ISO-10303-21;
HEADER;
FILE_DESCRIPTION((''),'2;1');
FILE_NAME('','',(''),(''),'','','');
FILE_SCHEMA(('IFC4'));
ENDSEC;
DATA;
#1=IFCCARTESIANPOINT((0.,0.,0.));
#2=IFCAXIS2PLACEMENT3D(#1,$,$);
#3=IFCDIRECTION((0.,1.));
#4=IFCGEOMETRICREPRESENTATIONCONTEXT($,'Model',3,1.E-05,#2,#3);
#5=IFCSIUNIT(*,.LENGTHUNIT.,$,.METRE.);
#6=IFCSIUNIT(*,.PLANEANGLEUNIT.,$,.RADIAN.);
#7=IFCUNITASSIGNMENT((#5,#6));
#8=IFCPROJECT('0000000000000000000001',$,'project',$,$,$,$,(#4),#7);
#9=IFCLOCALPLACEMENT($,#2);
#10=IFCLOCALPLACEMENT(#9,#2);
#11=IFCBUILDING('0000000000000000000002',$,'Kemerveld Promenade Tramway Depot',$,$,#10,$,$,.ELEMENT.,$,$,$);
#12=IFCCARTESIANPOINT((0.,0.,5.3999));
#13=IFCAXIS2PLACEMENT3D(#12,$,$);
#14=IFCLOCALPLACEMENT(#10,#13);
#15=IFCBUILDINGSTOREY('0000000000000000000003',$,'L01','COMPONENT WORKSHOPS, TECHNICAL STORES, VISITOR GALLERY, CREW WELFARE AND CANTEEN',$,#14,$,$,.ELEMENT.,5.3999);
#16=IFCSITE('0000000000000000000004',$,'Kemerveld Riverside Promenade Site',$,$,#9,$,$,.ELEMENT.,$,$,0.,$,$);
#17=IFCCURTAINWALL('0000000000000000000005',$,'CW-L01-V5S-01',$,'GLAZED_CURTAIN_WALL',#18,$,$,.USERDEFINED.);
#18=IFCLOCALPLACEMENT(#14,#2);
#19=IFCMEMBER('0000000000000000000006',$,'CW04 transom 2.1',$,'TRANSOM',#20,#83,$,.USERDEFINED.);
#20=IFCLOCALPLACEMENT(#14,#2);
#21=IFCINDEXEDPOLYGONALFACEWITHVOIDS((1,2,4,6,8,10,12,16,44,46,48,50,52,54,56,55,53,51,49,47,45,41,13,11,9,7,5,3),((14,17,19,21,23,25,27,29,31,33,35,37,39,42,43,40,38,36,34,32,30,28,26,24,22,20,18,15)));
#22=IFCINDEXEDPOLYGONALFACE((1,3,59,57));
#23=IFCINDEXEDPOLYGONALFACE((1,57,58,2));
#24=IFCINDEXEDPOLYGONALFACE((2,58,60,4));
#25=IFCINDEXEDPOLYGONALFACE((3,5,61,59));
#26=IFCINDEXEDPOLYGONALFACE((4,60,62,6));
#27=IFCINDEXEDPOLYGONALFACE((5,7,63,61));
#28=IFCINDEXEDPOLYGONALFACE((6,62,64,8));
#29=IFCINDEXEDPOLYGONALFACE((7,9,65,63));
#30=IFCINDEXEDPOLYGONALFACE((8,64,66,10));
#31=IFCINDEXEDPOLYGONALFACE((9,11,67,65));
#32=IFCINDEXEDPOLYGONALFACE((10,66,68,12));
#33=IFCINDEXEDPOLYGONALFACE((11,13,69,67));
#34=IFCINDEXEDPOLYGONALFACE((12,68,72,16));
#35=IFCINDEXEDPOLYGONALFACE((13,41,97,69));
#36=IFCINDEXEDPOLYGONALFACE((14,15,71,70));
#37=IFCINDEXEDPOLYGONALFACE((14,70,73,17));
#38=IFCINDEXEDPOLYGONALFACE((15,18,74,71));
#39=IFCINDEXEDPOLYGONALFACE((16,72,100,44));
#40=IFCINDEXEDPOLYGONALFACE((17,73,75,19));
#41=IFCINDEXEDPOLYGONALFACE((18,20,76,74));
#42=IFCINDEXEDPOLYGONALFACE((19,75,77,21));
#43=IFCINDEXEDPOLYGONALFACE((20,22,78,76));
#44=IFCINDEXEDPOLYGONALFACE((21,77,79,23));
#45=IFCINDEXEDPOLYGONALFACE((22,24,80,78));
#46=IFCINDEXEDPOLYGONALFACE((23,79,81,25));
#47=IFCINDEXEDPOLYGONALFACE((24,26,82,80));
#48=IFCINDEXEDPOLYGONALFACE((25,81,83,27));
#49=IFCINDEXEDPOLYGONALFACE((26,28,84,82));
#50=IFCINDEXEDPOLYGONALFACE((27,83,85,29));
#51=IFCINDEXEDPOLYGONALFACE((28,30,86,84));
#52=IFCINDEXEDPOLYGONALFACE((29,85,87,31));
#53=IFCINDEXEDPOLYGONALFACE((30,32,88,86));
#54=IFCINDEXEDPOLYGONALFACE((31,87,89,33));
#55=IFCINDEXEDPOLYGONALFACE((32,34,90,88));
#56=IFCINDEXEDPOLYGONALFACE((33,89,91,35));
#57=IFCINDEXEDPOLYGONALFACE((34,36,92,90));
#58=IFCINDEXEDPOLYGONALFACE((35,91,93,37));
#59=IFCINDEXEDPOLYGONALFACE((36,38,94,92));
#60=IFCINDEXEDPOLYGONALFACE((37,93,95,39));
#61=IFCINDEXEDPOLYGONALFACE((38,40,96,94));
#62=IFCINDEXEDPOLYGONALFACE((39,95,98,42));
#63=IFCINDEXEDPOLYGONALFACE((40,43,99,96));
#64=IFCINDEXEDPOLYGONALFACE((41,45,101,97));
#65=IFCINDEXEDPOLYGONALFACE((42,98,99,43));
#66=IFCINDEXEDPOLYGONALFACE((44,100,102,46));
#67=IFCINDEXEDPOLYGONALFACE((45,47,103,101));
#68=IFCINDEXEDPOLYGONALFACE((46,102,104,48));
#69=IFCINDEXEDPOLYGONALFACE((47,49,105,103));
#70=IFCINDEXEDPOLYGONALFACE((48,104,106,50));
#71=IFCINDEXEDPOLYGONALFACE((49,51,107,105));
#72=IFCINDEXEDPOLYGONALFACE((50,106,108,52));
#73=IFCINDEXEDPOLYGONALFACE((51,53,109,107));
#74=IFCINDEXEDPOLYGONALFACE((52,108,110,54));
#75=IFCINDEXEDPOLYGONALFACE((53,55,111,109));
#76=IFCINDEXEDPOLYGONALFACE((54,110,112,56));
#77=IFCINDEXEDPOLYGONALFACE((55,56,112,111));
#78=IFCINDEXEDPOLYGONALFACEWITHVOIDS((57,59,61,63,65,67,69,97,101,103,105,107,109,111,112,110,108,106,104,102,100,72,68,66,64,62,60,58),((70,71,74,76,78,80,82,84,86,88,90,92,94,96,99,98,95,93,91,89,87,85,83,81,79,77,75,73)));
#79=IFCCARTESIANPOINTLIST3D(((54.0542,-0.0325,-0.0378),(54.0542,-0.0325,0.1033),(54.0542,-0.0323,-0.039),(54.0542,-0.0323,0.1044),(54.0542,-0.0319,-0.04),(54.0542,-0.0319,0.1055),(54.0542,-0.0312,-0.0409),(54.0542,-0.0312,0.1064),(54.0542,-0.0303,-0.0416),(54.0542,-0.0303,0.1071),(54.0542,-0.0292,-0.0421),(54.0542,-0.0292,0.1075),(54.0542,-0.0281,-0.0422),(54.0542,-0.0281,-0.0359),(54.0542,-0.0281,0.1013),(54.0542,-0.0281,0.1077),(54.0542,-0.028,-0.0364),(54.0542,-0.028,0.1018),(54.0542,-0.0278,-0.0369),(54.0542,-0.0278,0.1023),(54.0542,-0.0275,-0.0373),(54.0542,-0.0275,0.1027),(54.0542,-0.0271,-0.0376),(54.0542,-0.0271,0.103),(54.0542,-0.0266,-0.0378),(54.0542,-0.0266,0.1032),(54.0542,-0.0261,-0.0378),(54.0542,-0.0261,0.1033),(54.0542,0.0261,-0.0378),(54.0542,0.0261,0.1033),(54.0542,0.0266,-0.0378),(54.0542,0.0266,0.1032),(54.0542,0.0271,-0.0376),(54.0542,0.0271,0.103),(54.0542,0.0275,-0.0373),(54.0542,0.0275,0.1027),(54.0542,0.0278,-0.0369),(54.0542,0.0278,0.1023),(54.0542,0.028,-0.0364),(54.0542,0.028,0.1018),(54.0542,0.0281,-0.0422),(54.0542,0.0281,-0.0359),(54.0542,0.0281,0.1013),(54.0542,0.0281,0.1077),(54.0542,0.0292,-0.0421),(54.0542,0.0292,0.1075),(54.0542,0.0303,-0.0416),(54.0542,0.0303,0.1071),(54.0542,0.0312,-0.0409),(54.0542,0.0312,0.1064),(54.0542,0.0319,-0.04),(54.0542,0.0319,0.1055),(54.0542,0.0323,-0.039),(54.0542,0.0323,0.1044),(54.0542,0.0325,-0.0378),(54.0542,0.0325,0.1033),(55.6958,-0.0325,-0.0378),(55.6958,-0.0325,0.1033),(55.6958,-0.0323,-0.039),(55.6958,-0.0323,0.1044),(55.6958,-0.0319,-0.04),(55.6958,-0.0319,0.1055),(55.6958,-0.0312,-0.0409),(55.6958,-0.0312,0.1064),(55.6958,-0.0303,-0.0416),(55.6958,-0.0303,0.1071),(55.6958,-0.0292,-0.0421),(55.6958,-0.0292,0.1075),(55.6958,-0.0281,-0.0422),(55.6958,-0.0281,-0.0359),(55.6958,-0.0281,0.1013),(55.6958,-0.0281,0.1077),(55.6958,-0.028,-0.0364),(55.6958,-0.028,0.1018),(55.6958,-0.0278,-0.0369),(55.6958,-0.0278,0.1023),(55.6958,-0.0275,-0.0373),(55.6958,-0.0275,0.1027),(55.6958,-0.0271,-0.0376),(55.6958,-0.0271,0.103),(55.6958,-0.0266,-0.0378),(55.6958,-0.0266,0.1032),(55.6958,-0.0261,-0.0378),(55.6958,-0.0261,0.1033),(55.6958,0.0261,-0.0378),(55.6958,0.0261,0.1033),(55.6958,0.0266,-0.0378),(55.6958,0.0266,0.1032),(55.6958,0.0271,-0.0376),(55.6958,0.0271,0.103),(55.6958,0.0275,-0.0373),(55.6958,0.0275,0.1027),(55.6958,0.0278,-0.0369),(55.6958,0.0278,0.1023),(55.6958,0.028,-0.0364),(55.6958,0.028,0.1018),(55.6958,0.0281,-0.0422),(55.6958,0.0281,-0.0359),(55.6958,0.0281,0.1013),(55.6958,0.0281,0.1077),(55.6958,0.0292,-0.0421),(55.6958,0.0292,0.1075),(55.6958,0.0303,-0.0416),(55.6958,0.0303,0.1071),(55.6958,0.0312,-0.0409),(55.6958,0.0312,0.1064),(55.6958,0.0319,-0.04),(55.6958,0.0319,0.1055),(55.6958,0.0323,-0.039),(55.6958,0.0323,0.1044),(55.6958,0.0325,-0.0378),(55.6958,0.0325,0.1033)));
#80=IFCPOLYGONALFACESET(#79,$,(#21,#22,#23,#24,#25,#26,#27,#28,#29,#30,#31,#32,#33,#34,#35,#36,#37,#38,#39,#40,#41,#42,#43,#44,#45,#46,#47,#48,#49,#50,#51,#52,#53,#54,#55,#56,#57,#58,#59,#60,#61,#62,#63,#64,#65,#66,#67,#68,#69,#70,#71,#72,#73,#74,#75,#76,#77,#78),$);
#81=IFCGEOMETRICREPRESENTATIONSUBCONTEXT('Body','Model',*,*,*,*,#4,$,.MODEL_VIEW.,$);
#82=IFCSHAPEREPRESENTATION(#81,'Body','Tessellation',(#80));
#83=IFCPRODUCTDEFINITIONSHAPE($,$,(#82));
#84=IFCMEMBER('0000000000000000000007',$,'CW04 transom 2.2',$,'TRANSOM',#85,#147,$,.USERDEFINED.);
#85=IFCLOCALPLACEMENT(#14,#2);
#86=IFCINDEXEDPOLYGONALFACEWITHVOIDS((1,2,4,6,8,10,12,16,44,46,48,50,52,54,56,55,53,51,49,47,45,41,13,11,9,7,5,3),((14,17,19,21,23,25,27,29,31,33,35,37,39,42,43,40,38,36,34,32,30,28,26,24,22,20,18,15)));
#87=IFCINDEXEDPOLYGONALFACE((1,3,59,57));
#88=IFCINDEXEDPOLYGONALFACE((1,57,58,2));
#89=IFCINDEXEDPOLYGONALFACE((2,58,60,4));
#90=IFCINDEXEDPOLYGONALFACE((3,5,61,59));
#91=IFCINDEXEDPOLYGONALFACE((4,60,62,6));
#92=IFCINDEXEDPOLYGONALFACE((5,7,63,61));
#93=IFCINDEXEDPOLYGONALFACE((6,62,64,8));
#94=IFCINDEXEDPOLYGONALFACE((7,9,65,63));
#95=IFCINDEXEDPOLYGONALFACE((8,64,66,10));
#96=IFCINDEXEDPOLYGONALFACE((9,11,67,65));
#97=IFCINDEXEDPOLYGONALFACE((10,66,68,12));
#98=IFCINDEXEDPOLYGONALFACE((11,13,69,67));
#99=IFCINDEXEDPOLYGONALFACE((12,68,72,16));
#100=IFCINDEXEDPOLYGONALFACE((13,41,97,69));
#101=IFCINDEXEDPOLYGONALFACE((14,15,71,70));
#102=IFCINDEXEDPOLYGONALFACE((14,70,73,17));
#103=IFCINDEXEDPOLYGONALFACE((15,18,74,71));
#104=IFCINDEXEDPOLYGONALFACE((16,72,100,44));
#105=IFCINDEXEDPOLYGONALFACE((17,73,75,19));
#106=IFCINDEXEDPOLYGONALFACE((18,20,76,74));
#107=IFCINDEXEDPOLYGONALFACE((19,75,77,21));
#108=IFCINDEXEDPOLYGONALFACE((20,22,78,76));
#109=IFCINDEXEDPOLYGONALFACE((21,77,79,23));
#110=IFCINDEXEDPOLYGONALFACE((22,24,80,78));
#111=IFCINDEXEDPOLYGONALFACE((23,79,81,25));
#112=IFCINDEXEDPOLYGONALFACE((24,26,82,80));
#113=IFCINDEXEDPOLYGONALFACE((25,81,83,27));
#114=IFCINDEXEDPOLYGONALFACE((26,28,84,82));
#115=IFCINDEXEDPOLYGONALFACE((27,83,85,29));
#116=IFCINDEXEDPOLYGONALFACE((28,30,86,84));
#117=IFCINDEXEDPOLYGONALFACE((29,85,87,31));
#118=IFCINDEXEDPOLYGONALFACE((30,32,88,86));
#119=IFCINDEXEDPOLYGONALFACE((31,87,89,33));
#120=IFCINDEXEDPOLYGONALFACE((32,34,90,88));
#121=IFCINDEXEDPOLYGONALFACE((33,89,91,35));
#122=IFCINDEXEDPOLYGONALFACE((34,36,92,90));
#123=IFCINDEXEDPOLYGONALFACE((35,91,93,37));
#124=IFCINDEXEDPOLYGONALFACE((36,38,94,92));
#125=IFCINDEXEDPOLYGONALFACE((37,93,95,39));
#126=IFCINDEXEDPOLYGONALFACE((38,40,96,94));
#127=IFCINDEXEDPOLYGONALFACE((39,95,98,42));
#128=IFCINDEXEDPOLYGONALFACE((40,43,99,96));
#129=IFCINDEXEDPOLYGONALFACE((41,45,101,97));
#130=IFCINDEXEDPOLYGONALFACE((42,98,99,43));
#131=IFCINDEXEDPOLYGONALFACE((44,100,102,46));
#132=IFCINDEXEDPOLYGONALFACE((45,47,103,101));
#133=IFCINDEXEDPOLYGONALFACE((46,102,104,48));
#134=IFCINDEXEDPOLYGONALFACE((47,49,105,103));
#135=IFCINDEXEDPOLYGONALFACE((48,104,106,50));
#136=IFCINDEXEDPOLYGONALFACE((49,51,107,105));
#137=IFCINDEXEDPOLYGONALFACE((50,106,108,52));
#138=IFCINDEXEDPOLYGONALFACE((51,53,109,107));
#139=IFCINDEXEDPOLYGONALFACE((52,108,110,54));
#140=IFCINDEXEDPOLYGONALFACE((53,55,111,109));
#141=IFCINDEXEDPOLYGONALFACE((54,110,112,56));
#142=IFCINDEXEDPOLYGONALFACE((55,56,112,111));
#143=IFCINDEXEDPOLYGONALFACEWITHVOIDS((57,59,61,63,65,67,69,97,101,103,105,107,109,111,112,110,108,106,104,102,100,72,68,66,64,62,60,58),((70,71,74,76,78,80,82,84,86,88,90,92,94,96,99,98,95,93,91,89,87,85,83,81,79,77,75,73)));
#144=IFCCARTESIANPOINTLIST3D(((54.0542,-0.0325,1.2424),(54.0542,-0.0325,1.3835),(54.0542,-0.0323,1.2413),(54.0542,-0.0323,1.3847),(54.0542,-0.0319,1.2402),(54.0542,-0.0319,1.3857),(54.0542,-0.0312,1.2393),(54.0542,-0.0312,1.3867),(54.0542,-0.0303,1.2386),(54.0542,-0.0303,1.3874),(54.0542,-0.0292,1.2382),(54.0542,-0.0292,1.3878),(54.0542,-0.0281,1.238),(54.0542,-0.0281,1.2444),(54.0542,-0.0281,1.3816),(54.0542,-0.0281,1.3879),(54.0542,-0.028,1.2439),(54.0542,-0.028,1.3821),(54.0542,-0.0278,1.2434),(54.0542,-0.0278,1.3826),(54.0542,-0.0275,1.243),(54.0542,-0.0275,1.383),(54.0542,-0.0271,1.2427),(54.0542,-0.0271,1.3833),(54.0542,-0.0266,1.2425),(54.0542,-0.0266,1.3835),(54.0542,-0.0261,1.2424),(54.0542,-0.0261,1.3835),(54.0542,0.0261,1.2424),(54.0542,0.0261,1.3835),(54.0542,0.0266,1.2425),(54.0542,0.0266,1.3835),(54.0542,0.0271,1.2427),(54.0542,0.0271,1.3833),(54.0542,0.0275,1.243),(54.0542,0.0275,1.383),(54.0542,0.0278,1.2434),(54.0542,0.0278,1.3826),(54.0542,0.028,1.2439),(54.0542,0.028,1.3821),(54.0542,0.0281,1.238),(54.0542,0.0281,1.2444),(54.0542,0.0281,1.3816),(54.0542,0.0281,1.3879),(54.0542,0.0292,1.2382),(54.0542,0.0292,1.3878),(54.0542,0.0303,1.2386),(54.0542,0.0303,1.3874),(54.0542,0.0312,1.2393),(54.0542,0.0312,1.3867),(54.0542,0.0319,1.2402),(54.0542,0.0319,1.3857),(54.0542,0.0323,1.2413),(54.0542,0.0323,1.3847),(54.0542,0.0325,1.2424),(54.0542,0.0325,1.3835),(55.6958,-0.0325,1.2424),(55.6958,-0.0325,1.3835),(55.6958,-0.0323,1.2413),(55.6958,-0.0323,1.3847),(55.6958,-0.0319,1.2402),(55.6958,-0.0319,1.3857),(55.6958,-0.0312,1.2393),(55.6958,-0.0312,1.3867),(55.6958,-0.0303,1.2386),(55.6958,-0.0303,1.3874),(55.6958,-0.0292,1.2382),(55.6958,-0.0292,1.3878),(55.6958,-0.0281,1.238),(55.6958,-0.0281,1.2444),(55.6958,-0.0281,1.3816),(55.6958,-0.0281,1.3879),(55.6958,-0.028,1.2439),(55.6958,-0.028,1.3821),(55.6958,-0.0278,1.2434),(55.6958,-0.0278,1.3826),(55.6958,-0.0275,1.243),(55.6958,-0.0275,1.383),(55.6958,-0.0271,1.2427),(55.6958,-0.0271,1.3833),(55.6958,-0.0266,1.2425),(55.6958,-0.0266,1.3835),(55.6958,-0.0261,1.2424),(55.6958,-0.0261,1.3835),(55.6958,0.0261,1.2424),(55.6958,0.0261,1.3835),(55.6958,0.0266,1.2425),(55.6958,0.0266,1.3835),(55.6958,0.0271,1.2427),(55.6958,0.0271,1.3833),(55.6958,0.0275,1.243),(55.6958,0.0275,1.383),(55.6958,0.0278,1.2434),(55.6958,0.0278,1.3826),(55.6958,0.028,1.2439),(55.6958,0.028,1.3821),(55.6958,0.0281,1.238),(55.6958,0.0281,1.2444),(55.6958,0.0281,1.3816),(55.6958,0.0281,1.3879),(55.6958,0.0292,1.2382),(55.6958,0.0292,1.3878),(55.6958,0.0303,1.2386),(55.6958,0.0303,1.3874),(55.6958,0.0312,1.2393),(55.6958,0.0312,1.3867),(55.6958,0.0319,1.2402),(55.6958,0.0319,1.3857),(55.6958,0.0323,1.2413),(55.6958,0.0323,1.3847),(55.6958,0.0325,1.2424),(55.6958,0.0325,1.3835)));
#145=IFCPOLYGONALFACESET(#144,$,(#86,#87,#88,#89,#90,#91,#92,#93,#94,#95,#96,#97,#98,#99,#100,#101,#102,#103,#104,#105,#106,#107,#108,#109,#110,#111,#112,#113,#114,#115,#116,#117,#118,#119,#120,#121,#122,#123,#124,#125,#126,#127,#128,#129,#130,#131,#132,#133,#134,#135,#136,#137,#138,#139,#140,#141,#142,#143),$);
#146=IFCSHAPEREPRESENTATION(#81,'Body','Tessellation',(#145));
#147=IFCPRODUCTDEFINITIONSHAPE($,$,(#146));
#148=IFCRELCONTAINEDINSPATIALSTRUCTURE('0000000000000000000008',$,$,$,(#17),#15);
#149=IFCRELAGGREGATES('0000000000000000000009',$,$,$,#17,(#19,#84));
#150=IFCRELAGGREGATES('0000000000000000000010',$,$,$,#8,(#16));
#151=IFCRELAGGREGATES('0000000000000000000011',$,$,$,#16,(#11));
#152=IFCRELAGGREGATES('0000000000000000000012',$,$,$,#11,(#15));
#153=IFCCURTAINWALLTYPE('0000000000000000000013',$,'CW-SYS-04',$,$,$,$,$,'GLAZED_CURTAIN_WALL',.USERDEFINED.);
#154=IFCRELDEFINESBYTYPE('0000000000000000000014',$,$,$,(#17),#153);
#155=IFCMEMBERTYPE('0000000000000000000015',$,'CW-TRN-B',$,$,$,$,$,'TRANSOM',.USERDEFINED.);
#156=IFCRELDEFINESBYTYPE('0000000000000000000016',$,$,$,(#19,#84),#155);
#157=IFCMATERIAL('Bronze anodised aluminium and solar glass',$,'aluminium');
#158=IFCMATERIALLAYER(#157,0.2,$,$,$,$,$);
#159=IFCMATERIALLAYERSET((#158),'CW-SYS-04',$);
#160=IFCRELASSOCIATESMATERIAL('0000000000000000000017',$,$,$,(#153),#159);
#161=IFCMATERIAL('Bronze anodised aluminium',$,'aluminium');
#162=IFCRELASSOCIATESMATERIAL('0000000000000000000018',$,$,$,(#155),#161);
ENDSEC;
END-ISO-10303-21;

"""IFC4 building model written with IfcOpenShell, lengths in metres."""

from ifc_helpers import new_model, si_unit, direction, frame, origin, origin_2d, place, context, subcontext, project, spatial, hollow_rectangle, extrude, material, layer, layer_set, material_profile, profile_set, type_object, element, aggregate, save


model = new_model("IFC4")

# Units and contexts
model_context = context("Model", 3, precision=1e-05, world=origin(), true_north=direction((0.0, 1.0)))
body_context = subcontext(model_context, "Body", "Model", "MODEL_VIEW")
ifc_project = project(units=[si_unit("LENGTHUNIT", "METRE"), si_unit("PLANEANGLEUNIT", "RADIAN")], contexts=[model_context])

# Site, building, storey
site_placement = place(None, origin())
site = spatial("IfcSite", under=ifc_project, at=site_placement, Name="Kemerveld Riverside Promenade Site", CompositionType="ELEMENT", RefElevation=0.0)
building_placement = place(site_placement, origin())
building = spatial("IfcBuilding", under=site, at=building_placement, Name="Kemerveld Promenade Tramway Depot", CompositionType="ELEMENT")
storey_placement = place(building_placement, frame((0.0, 0.0, 5.3999)))
storey = spatial("IfcBuildingStorey", under=building, at=storey_placement, Name="L01", Description="COMPONENT WORKSHOPS, TECHNICAL STORES, VISITOR GALLERY, CREW WELFARE AND CANTEEN", CompositionType="ELEMENT", Elevation=5.3999)

# Curtain wall, members
ifc_material_1 = material(Name="Bronze anodised aluminium and solar glass", Category="aluminium")
ifc_layer_1 = layer(ifc_material_1, 0.2)
ifc_layer_set_1 = layer_set([ifc_layer_1], Name="CW-SYS-04")
curtain_wall_type = type_object("IfcCurtainWallType", Name="CW-SYS-04", ElementType="GLAZED_CURTAIN_WALL", PredefinedType="USERDEFINED", material=ifc_layer_set_1)
curtain_wall_placement = place(storey_placement, origin())
curtain_wall = element("IfcCurtainWall", 1, at=curtain_wall_placement, inside=storey, type_object=curtain_wall_type, Name="CW-L01-V5S-01", ObjectType="GLAZED_CURTAIN_WALL", PredefinedType="USERDEFINED")
ifc_material_2 = material(Name="Bronze anodised aluminium", Category="aluminium")
ifc_material_profile_1 = material_profile(ifc_material_2, hollow_rectangle(XDim=0.0649, YDim=0.1499, WallThickness=0.0044, InnerFilletRadius=0.002, OuterFilletRadius=0.0044, at=origin_2d()), Name="CW-TRN-150x65")
ifc_profile_set_1 = profile_set([ifc_material_profile_1], Name="Bronze anodised aluminium")
member_type_1 = type_object("IfcMemberType", Name="CW-TRN-B", ElementType="TRANSOM", PredefinedType="USERDEFINED", material=ifc_profile_set_1)
member_1_placement = place(storey_placement, frame((55.6958, 0.0, 0.0327), z_axis=(-1.0, 0.0, 0.0), x_axis=(0.0, -1.0, 0.0)))
member_1 = element("IfcMember", 2, at=member_1_placement, type_object=member_type_1, Name="CW04 transom 2.1", ObjectType="TRANSOM", PredefinedType="USERDEFINED", context=body_context, shape_type="SweptSolid", body=[
    extrude(hollow_rectangle(XDim=0.0649, YDim=0.1499, WallThickness=0.0044, InnerFilletRadius=0.002, OuterFilletRadius=0.0044, at=origin_2d()), origin(), (0.0, 0.0, 1.0), 1.6416),
])
member_2_placement = place(storey_placement, frame((55.6958, 0.0, 1.313), z_axis=(-1.0, 0.0, 0.0), x_axis=(0.0, -1.0, 0.0)))
member_2 = element("IfcMember", 3, at=member_2_placement, type_object=member_type_1, Name="CW04 transom 2.2", ObjectType="TRANSOM", PredefinedType="USERDEFINED", context=body_context, shape_type="SweptSolid", body=[
    extrude(hollow_rectangle(XDim=0.0649, YDim=0.1499, WallThickness=0.0044, InnerFilletRadius=0.002, OuterFilletRadius=0.0044, at=origin_2d()), origin(), (0.0, 0.0, 1.0), 1.6416),
])
aggregate(curtain_wall, [member_1, member_2])

save(model, "model.ifc")
